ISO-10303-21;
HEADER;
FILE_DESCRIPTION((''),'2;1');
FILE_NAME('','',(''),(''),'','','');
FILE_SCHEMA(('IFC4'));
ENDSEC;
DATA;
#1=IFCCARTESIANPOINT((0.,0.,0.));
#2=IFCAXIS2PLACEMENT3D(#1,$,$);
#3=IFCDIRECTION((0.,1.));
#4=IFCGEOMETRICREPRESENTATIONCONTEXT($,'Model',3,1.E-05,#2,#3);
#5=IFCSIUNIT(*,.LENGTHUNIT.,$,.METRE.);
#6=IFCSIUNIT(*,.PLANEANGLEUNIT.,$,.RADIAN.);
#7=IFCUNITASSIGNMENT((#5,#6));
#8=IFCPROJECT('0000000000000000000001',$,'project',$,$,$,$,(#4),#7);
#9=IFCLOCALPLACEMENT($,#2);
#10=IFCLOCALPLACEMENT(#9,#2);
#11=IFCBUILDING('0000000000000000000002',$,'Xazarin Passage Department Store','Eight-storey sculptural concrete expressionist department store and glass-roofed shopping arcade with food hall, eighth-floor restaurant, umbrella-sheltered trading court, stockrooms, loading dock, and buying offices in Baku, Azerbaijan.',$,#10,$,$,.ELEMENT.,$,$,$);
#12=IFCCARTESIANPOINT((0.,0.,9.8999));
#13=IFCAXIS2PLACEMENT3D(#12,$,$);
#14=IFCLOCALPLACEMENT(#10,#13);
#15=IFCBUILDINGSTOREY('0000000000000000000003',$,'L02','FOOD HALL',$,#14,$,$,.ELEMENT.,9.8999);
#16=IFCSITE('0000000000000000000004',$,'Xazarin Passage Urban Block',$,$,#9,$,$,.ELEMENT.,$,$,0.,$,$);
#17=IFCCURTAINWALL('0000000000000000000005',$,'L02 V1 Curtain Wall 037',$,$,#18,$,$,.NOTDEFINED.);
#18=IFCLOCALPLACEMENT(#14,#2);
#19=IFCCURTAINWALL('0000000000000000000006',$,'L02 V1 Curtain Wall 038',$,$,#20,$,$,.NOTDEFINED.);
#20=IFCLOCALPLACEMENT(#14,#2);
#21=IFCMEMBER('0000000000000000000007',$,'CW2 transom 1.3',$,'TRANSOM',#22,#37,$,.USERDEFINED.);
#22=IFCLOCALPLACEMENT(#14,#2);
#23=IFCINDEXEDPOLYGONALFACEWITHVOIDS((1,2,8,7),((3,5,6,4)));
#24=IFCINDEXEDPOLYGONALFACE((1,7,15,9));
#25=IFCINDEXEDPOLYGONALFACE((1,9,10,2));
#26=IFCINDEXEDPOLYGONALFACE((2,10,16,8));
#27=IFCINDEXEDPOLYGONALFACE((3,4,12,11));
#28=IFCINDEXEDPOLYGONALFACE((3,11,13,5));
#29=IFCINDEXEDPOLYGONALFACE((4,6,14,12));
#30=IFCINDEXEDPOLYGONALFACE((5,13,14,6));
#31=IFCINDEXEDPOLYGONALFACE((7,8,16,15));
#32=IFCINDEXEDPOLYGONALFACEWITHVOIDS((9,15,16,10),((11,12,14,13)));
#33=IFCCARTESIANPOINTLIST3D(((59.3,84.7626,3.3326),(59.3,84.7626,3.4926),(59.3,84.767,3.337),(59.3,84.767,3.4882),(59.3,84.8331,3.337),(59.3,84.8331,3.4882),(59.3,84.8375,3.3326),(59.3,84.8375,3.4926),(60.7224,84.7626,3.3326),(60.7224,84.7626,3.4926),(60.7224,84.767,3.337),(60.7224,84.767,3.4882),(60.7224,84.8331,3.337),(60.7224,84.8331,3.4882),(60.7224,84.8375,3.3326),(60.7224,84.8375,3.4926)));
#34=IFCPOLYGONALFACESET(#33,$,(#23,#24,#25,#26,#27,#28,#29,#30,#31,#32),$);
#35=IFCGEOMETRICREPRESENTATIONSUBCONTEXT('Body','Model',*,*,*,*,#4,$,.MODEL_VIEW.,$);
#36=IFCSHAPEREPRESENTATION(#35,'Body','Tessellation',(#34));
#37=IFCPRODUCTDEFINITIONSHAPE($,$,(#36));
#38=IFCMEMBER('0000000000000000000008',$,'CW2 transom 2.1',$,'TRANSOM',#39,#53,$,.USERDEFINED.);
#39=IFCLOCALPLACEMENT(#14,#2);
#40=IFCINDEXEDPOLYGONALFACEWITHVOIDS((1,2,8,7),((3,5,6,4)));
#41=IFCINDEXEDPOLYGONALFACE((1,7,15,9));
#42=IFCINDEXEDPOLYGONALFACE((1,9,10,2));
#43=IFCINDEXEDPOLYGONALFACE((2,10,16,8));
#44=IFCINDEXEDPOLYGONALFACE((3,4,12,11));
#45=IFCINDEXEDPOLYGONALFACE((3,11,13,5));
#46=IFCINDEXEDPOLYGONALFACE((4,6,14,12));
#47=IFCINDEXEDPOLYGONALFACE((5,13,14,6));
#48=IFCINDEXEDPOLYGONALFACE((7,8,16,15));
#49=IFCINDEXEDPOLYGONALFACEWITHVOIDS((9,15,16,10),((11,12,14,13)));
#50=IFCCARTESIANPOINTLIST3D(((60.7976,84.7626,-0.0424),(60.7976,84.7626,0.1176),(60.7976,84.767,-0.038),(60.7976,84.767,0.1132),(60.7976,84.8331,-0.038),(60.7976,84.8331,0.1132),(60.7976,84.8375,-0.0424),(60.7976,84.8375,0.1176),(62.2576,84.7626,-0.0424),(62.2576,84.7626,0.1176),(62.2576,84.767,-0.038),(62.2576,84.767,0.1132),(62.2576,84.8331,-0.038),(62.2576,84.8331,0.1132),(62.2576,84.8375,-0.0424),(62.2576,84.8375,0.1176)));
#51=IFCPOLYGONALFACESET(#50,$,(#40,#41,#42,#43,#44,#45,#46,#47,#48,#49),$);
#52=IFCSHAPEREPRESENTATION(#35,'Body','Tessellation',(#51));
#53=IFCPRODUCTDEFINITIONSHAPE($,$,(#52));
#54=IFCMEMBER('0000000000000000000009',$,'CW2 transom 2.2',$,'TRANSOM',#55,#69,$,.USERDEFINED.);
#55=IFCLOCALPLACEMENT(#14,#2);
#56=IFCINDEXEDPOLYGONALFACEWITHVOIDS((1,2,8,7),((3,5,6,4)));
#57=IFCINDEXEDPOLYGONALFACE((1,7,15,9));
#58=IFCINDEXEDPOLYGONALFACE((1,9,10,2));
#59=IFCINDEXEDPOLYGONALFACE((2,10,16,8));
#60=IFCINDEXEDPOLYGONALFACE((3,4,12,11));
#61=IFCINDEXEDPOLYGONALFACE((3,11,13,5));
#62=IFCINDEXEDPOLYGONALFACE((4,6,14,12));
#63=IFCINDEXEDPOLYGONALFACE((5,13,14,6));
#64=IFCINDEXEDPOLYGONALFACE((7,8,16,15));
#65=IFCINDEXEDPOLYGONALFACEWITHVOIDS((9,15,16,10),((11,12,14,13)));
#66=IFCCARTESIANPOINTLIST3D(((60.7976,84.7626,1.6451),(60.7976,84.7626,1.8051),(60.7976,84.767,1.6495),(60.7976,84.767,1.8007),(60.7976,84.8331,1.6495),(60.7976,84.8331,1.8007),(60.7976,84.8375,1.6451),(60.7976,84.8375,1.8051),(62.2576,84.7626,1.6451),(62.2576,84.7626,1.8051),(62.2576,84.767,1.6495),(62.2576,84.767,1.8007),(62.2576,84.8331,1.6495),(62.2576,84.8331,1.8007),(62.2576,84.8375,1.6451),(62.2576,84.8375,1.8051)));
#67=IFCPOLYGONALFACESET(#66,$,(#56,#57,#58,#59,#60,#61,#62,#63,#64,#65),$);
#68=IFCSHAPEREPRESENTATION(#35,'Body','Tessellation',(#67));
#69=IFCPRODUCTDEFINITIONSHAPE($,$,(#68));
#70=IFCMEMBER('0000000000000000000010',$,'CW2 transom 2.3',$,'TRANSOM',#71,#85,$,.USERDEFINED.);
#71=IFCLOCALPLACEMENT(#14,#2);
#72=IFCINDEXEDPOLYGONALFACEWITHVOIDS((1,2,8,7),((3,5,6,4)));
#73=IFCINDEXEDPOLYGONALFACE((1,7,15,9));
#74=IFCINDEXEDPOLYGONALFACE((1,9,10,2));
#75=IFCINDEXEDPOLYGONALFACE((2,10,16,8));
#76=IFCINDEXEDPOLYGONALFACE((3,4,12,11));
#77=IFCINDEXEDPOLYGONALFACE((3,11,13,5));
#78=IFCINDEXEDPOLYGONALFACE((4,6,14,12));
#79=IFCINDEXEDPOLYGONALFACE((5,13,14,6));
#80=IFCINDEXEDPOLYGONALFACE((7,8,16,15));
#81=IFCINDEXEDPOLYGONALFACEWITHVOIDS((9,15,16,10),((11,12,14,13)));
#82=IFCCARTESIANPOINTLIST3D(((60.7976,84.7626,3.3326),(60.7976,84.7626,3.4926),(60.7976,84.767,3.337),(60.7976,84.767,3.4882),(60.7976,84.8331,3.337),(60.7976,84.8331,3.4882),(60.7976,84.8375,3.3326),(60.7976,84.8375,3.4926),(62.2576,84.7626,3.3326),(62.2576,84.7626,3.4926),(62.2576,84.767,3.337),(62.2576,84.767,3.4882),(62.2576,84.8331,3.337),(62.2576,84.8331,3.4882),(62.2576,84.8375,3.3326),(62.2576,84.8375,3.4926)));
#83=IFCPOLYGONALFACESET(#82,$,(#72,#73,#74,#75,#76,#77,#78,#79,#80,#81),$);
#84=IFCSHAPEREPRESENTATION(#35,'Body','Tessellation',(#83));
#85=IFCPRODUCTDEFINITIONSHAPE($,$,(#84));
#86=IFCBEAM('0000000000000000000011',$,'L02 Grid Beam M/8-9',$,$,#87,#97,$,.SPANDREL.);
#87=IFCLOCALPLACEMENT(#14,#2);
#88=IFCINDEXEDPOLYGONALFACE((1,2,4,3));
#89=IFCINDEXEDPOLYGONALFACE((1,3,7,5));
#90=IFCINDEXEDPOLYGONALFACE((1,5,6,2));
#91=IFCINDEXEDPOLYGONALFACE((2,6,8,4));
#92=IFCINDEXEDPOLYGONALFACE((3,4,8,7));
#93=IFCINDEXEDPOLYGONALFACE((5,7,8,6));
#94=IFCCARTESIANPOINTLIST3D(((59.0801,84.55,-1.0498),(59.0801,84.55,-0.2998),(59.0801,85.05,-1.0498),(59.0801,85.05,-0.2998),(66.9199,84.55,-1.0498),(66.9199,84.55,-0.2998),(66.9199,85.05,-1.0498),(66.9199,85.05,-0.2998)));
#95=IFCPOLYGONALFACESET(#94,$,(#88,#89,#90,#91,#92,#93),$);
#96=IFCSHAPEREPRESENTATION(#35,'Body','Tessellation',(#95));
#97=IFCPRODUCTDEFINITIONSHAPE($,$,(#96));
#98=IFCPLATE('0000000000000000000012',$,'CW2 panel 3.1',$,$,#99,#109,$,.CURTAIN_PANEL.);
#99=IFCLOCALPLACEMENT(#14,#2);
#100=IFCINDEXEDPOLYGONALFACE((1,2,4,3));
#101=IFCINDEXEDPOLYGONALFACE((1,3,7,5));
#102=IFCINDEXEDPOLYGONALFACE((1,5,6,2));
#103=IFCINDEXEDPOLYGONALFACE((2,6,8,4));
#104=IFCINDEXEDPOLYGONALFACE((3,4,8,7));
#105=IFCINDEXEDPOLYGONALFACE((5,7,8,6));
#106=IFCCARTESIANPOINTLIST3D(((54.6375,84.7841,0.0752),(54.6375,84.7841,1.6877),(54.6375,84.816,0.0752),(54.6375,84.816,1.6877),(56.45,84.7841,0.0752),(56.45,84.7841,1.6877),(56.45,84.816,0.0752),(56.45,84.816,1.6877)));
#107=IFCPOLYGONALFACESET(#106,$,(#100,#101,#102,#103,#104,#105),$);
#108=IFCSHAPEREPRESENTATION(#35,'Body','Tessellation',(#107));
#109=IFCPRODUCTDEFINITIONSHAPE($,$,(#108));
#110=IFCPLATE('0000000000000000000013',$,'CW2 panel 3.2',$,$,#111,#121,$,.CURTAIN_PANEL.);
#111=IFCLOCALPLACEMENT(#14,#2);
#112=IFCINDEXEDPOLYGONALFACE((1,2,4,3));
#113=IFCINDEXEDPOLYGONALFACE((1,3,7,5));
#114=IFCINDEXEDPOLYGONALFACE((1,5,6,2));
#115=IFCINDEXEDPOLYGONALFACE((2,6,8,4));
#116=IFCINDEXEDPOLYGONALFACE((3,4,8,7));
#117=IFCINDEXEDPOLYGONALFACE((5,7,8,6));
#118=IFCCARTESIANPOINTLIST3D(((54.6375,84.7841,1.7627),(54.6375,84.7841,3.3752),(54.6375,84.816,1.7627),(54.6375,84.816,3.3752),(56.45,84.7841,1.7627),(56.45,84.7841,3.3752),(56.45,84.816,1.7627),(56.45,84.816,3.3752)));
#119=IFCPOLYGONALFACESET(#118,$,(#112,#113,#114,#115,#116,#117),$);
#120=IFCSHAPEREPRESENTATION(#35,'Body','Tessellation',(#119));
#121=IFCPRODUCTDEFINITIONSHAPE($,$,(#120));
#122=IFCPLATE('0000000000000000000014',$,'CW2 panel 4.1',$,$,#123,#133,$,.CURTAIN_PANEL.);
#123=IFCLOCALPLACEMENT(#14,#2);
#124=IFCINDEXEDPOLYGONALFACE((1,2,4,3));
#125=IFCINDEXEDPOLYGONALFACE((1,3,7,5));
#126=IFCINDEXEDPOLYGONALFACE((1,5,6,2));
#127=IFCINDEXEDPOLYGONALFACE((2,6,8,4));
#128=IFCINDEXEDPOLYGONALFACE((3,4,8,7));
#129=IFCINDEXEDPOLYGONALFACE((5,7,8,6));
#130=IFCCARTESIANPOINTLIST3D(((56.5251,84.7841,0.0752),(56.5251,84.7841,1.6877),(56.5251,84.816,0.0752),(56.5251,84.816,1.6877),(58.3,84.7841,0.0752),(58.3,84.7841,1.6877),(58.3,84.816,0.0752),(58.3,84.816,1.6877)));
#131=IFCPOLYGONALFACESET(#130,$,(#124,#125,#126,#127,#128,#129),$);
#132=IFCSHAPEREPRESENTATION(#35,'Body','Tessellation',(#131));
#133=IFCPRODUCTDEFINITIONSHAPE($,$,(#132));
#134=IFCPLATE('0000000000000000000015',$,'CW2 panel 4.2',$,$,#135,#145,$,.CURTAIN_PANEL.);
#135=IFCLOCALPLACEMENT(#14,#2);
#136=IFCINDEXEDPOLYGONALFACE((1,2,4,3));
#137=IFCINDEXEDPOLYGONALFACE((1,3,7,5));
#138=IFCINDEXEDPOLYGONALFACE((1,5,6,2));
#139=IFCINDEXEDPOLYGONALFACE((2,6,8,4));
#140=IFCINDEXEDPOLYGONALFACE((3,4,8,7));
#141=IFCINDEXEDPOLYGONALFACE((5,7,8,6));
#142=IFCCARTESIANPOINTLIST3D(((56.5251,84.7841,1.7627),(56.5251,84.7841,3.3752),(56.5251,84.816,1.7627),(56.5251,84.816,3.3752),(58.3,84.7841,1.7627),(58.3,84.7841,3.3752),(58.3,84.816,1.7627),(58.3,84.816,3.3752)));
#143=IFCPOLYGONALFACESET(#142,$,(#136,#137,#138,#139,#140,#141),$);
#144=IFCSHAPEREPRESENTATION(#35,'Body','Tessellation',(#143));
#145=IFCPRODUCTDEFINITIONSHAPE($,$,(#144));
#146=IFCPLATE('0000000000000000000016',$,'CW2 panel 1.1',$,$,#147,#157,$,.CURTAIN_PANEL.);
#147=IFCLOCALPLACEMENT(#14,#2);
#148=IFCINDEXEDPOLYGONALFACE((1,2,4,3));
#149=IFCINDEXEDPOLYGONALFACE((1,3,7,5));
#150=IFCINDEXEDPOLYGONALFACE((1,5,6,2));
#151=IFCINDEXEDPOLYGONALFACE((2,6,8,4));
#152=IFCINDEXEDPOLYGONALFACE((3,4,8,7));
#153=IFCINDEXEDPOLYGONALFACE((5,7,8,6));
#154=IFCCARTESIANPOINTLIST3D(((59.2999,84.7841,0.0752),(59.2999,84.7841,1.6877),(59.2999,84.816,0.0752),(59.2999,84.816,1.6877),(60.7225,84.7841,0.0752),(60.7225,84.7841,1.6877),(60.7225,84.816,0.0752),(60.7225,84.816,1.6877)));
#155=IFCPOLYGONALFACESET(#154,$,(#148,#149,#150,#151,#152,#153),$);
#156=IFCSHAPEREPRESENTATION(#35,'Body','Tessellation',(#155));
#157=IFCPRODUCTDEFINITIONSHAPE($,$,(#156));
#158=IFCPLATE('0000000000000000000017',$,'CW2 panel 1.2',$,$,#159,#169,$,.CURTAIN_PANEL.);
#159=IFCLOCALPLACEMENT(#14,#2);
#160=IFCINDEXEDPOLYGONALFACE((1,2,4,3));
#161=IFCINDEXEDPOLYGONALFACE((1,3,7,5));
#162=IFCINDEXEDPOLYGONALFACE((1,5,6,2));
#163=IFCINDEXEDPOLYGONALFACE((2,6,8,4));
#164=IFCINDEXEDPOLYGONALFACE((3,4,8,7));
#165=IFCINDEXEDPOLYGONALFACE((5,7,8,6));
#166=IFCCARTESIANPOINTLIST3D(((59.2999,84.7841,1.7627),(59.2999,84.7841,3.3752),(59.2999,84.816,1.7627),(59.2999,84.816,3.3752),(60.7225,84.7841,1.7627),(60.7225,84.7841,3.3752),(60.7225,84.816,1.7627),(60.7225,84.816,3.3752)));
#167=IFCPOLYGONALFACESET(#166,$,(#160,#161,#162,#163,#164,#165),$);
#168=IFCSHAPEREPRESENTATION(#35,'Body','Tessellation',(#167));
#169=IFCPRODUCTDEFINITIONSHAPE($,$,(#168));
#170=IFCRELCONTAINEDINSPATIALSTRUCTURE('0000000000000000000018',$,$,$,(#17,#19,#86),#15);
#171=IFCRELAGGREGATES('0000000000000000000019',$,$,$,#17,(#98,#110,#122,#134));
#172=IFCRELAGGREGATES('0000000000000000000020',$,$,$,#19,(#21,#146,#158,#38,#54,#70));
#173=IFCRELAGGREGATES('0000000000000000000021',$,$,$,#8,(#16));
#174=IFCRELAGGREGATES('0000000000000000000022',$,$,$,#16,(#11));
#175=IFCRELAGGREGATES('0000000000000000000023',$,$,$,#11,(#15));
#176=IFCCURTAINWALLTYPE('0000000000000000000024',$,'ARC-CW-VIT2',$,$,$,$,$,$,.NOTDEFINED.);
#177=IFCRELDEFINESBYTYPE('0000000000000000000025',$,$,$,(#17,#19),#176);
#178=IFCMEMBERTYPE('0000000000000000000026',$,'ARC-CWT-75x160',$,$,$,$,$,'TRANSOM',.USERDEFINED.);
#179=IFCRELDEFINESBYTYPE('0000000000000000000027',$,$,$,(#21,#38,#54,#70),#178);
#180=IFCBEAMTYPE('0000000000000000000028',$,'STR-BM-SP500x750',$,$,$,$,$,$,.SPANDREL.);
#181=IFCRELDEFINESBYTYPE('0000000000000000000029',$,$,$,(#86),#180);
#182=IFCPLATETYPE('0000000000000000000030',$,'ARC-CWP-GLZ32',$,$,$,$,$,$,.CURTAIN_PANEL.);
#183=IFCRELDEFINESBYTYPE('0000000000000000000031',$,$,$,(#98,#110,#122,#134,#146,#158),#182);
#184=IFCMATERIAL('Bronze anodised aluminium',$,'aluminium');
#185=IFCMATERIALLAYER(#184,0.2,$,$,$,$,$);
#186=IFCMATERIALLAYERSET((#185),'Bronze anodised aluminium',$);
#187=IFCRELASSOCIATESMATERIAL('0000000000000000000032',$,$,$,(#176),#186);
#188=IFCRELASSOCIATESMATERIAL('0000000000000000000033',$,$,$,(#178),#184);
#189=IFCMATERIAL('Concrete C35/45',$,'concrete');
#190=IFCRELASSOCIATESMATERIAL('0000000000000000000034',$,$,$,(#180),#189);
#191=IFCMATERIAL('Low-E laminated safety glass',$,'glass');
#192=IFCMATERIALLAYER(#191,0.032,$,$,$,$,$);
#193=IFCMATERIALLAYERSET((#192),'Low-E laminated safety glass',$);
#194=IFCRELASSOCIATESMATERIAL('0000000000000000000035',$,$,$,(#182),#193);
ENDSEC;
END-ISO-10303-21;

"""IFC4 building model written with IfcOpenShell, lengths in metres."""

from ifc_helpers import new_model, si_unit, direction, frame, origin, origin_2d, place, context, subcontext, project, spatial, rectangle, hollow_rectangle, extrude, material, layer, layer_set, material_profile, profile_set, type_object, element, aggregate, save


model = new_model("IFC4")

# Units and contexts
model_context = context("Model", 3, precision=1e-05, world=origin(), true_north=direction((0.0, 1.0)))
body_context = subcontext(model_context, "Body", "Model", "MODEL_VIEW")
ifc_project = project(units=[si_unit("LENGTHUNIT", "METRE"), si_unit("PLANEANGLEUNIT", "RADIAN")], contexts=[model_context])

# Site, building, storey
site_placement = place(None, origin())
site = spatial("IfcSite", under=ifc_project, at=site_placement, Name="Xazarin Passage Urban Block", CompositionType="ELEMENT", RefElevation=0.0)
building_placement = place(site_placement, origin())
building = spatial("IfcBuilding", under=site, at=building_placement, Name="Xazarin Passage Department Store", Description="Eight-storey sculptural concrete expressionist department store and glass-roofed shopping arcade with food hall, eighth-floor restaurant, umbrella-sheltered trading court, stockrooms, loading dock, and buying offices in Baku, Azerbaijan.", CompositionType="ELEMENT")
storey_placement = place(building_placement, frame((0.0, 0.0, 9.8999)))
storey = spatial("IfcBuildingStorey", under=building, at=storey_placement, Name="L02", Description="FOOD HALL", CompositionType="ELEMENT", Elevation=9.8999)

# Curtain walls
ifc_material_1 = material(Name="Bronze anodised aluminium", Category="aluminium")
ifc_layer_1 = layer(ifc_material_1, 0.2)
ifc_layer_set_1 = layer_set([ifc_layer_1], Name="Bronze anodised aluminium")
curtain_wall_type = type_object("IfcCurtainWallType", Name="ARC-CW-VIT2", PredefinedType="NOTDEFINED", material=ifc_layer_set_1)
curtain_wall_1_placement = place(storey_placement, origin())
curtain_wall_1 = element("IfcCurtainWall", 1, at=curtain_wall_1_placement, inside=storey, type_object=curtain_wall_type, Name="L02 V1 Curtain Wall 037", PredefinedType="NOTDEFINED")
curtain_wall_2_placement = place(storey_placement, origin())
curtain_wall_2 = element("IfcCurtainWall", 2, at=curtain_wall_2_placement, inside=storey, type_object=curtain_wall_type, Name="L02 V1 Curtain Wall 038", PredefinedType="NOTDEFINED")

# Members
ifc_material_profile_1 = material_profile(ifc_material_1, hollow_rectangle(XDim=0.075, YDim=0.1599, WallThickness=0.0044, at=origin_2d()), Name="ALU 75x160")
ifc_profile_set_1 = profile_set([ifc_material_profile_1], Name="Bronze anodised aluminium")
member_type_1 = type_object("IfcMemberType", Name="ARC-CWT-75x160", ElementType="TRANSOM", PredefinedType="USERDEFINED", material=ifc_profile_set_1)
member_1_placement = place(storey_placement, frame((59.3, 84.8, 3.4126), z_axis=(1.0, 0.0, 0.0), x_axis=(0.0, 1.0, 0.0)))
member_1 = element("IfcMember", 3, at=member_1_placement, type_object=member_type_1, Name="CW2 transom 1.3", ObjectType="TRANSOM", PredefinedType="USERDEFINED", context=body_context, shape_type="SweptSolid", body=[
    extrude(hollow_rectangle(XDim=0.075, YDim=0.1599, WallThickness=0.0044, at=origin_2d()), origin(), (0.0, 0.0, 1.0), 1.4224),
])
member_2_placement = place(storey_placement, frame((60.7976, 84.8, 0.0376), z_axis=(1.0, 0.0, 0.0), x_axis=(0.0, 1.0, 0.0)))
member_2 = element("IfcMember", 4, at=member_2_placement, type_object=member_type_1, Name="CW2 transom 2.1", ObjectType="TRANSOM", PredefinedType="USERDEFINED", context=body_context, shape_type="SweptSolid", body=[
    extrude(hollow_rectangle(XDim=0.075, YDim=0.1599, WallThickness=0.0044, at=origin_2d()), origin(), (0.0, 0.0, 1.0), 1.46),
])
member_3_placement = place(storey_placement, frame((60.7976, 84.8, 1.7251), z_axis=(1.0, 0.0, 0.0), x_axis=(0.0, 1.0, 0.0)))
member_3 = element("IfcMember", 5, at=member_3_placement, type_object=member_type_1, Name="CW2 transom 2.2", ObjectType="TRANSOM", PredefinedType="USERDEFINED", context=body_context, shape_type="SweptSolid", body=[
    extrude(hollow_rectangle(XDim=0.075, YDim=0.1599, WallThickness=0.0044, at=origin_2d()), origin(), (0.0, 0.0, 1.0), 1.46),
])
member_4_placement = place(storey_placement, frame((60.7976, 84.8, 3.4126), z_axis=(1.0, 0.0, 0.0), x_axis=(0.0, 1.0, 0.0)))
member_4 = element("IfcMember", 6, at=member_4_placement, type_object=member_type_1, Name="CW2 transom 2.3", ObjectType="TRANSOM", PredefinedType="USERDEFINED", context=body_context, shape_type="SweptSolid", body=[
    extrude(hollow_rectangle(XDim=0.075, YDim=0.1599, WallThickness=0.0044, at=origin_2d()), origin(), (0.0, 0.0, 1.0), 1.46),
])

# Beam
ifc_material_2 = material(Name="Concrete C35/45", Category="concrete")
ifc_material_profile_2 = material_profile(ifc_material_2, rectangle(XDim=0.5, YDim=0.75, at=origin_2d()), Name="RC 500x750")
ifc_profile_set_2 = profile_set([ifc_material_profile_2], Name="Concrete C35/45")
beam_type = type_object("IfcBeamType", Name="STR-BM-SP500x750", PredefinedType="SPANDREL", material=ifc_profile_set_2)
beam_placement = place(storey_placement, frame((59.0801, 84.8, -0.6748), z_axis=(1.0, 0.0, 0.0), x_axis=(0.0, 1.0, 0.0)))
element("IfcBeam", 7, at=beam_placement, inside=storey, type_object=beam_type, Name="L02 Grid Beam M/8-9", PredefinedType="SPANDREL", context=body_context, shape_type="SweptSolid", body=[
    extrude(rectangle(XDim=0.5, YDim=0.75, at=origin_2d()), origin(), (0.0, 0.0, 1.0), 7.8398),
])

# Plates
ifc_material_3 = material(Name="Low-E laminated safety glass", Category="glass")
ifc_layer_2 = layer(ifc_material_3, 0.032)
ifc_layer_set_2 = layer_set([ifc_layer_2], Name="Low-E laminated safety glass")
plate_type = type_object("IfcPlateType", Name="ARC-CWP-GLZ32", PredefinedType="CURTAIN_PANEL", material=ifc_layer_set_2)
plate_1_placement = place(storey_placement, frame((55.5437, 84.8, 0.0752), z_axis=(0.0, 0.0, 1.0), x_axis=(1.0, 0.0, 0.0)))
plate_1 = element("IfcPlate", 8, at=plate_1_placement, type_object=plate_type, Name="CW2 panel 3.1", PredefinedType="CURTAIN_PANEL", context=body_context, shape_type="SweptSolid", body=[
    extrude(rectangle(XDim=1.8125, YDim=0.032, at=origin_2d()), origin(), (0.0, 0.0, 1.0), 1.6125),
])
plate_2_placement = place(storey_placement, frame((55.5437, 84.8, 1.7627), z_axis=(0.0, 0.0, 1.0), x_axis=(1.0, 0.0, 0.0)))
plate_2 = element("IfcPlate", 9, at=plate_2_placement, type_object=plate_type, Name="CW2 panel 3.2", PredefinedType="CURTAIN_PANEL", context=body_context, shape_type="SweptSolid", body=[
    extrude(rectangle(XDim=1.8125, YDim=0.032, at=origin_2d()), origin(), (0.0, 0.0, 1.0), 1.6125),
])
plate_3_placement = place(storey_placement, frame((57.4126, 84.8, 0.0752), z_axis=(0.0, 0.0, 1.0), x_axis=(1.0, 0.0, 0.0)))
plate_3 = element("IfcPlate", 10, at=plate_3_placement, type_object=plate_type, Name="CW2 panel 4.1", PredefinedType="CURTAIN_PANEL", context=body_context, shape_type="SweptSolid", body=[
    extrude(rectangle(XDim=1.7749, YDim=0.032, at=origin_2d()), origin(), (0.0, 0.0, 1.0), 1.6125),
])
plate_4_placement = place(storey_placement, frame((57.4126, 84.8, 1.7627), z_axis=(0.0, 0.0, 1.0), x_axis=(1.0, 0.0, 0.0)))
plate_4 = element("IfcPlate", 11, at=plate_4_placement, type_object=plate_type, Name="CW2 panel 4.2", PredefinedType="CURTAIN_PANEL", context=body_context, shape_type="SweptSolid", body=[
    extrude(rectangle(XDim=1.7749, YDim=0.032, at=origin_2d()), origin(), (0.0, 0.0, 1.0), 1.6125),
])
aggregate(curtain_wall_1, [plate_1, plate_2, plate_3, plate_4])
plate_5_placement = place(storey_placement, frame((60.0112, 84.8, 0.0752), z_axis=(0.0, 0.0, 1.0), x_axis=(1.0, 0.0, 0.0)))
plate_5 = element("IfcPlate", 12, at=plate_5_placement, type_object=plate_type, Name="CW2 panel 1.1", PredefinedType="CURTAIN_PANEL", context=body_context, shape_type="SweptSolid", body=[
    extrude(rectangle(XDim=1.4226, YDim=0.032, at=origin_2d()), origin(), (0.0, 0.0, 1.0), 1.6125),
])
plate_6_placement = place(storey_placement, frame((60.0112, 84.8, 1.7627), z_axis=(0.0, 0.0, 1.0), x_axis=(1.0, 0.0, 0.0)))
plate_6 = element("IfcPlate", 13, at=plate_6_placement, type_object=plate_type, Name="CW2 panel 1.2", PredefinedType="CURTAIN_PANEL", context=body_context, shape_type="SweptSolid", body=[
    extrude(rectangle(XDim=1.4226, YDim=0.032, at=origin_2d()), origin(), (0.0, 0.0, 1.0), 1.6125),
])
aggregate(curtain_wall_2, [member_1, plate_5, plate_6, member_2, member_3, member_4])

save(model, "model.ifc")
